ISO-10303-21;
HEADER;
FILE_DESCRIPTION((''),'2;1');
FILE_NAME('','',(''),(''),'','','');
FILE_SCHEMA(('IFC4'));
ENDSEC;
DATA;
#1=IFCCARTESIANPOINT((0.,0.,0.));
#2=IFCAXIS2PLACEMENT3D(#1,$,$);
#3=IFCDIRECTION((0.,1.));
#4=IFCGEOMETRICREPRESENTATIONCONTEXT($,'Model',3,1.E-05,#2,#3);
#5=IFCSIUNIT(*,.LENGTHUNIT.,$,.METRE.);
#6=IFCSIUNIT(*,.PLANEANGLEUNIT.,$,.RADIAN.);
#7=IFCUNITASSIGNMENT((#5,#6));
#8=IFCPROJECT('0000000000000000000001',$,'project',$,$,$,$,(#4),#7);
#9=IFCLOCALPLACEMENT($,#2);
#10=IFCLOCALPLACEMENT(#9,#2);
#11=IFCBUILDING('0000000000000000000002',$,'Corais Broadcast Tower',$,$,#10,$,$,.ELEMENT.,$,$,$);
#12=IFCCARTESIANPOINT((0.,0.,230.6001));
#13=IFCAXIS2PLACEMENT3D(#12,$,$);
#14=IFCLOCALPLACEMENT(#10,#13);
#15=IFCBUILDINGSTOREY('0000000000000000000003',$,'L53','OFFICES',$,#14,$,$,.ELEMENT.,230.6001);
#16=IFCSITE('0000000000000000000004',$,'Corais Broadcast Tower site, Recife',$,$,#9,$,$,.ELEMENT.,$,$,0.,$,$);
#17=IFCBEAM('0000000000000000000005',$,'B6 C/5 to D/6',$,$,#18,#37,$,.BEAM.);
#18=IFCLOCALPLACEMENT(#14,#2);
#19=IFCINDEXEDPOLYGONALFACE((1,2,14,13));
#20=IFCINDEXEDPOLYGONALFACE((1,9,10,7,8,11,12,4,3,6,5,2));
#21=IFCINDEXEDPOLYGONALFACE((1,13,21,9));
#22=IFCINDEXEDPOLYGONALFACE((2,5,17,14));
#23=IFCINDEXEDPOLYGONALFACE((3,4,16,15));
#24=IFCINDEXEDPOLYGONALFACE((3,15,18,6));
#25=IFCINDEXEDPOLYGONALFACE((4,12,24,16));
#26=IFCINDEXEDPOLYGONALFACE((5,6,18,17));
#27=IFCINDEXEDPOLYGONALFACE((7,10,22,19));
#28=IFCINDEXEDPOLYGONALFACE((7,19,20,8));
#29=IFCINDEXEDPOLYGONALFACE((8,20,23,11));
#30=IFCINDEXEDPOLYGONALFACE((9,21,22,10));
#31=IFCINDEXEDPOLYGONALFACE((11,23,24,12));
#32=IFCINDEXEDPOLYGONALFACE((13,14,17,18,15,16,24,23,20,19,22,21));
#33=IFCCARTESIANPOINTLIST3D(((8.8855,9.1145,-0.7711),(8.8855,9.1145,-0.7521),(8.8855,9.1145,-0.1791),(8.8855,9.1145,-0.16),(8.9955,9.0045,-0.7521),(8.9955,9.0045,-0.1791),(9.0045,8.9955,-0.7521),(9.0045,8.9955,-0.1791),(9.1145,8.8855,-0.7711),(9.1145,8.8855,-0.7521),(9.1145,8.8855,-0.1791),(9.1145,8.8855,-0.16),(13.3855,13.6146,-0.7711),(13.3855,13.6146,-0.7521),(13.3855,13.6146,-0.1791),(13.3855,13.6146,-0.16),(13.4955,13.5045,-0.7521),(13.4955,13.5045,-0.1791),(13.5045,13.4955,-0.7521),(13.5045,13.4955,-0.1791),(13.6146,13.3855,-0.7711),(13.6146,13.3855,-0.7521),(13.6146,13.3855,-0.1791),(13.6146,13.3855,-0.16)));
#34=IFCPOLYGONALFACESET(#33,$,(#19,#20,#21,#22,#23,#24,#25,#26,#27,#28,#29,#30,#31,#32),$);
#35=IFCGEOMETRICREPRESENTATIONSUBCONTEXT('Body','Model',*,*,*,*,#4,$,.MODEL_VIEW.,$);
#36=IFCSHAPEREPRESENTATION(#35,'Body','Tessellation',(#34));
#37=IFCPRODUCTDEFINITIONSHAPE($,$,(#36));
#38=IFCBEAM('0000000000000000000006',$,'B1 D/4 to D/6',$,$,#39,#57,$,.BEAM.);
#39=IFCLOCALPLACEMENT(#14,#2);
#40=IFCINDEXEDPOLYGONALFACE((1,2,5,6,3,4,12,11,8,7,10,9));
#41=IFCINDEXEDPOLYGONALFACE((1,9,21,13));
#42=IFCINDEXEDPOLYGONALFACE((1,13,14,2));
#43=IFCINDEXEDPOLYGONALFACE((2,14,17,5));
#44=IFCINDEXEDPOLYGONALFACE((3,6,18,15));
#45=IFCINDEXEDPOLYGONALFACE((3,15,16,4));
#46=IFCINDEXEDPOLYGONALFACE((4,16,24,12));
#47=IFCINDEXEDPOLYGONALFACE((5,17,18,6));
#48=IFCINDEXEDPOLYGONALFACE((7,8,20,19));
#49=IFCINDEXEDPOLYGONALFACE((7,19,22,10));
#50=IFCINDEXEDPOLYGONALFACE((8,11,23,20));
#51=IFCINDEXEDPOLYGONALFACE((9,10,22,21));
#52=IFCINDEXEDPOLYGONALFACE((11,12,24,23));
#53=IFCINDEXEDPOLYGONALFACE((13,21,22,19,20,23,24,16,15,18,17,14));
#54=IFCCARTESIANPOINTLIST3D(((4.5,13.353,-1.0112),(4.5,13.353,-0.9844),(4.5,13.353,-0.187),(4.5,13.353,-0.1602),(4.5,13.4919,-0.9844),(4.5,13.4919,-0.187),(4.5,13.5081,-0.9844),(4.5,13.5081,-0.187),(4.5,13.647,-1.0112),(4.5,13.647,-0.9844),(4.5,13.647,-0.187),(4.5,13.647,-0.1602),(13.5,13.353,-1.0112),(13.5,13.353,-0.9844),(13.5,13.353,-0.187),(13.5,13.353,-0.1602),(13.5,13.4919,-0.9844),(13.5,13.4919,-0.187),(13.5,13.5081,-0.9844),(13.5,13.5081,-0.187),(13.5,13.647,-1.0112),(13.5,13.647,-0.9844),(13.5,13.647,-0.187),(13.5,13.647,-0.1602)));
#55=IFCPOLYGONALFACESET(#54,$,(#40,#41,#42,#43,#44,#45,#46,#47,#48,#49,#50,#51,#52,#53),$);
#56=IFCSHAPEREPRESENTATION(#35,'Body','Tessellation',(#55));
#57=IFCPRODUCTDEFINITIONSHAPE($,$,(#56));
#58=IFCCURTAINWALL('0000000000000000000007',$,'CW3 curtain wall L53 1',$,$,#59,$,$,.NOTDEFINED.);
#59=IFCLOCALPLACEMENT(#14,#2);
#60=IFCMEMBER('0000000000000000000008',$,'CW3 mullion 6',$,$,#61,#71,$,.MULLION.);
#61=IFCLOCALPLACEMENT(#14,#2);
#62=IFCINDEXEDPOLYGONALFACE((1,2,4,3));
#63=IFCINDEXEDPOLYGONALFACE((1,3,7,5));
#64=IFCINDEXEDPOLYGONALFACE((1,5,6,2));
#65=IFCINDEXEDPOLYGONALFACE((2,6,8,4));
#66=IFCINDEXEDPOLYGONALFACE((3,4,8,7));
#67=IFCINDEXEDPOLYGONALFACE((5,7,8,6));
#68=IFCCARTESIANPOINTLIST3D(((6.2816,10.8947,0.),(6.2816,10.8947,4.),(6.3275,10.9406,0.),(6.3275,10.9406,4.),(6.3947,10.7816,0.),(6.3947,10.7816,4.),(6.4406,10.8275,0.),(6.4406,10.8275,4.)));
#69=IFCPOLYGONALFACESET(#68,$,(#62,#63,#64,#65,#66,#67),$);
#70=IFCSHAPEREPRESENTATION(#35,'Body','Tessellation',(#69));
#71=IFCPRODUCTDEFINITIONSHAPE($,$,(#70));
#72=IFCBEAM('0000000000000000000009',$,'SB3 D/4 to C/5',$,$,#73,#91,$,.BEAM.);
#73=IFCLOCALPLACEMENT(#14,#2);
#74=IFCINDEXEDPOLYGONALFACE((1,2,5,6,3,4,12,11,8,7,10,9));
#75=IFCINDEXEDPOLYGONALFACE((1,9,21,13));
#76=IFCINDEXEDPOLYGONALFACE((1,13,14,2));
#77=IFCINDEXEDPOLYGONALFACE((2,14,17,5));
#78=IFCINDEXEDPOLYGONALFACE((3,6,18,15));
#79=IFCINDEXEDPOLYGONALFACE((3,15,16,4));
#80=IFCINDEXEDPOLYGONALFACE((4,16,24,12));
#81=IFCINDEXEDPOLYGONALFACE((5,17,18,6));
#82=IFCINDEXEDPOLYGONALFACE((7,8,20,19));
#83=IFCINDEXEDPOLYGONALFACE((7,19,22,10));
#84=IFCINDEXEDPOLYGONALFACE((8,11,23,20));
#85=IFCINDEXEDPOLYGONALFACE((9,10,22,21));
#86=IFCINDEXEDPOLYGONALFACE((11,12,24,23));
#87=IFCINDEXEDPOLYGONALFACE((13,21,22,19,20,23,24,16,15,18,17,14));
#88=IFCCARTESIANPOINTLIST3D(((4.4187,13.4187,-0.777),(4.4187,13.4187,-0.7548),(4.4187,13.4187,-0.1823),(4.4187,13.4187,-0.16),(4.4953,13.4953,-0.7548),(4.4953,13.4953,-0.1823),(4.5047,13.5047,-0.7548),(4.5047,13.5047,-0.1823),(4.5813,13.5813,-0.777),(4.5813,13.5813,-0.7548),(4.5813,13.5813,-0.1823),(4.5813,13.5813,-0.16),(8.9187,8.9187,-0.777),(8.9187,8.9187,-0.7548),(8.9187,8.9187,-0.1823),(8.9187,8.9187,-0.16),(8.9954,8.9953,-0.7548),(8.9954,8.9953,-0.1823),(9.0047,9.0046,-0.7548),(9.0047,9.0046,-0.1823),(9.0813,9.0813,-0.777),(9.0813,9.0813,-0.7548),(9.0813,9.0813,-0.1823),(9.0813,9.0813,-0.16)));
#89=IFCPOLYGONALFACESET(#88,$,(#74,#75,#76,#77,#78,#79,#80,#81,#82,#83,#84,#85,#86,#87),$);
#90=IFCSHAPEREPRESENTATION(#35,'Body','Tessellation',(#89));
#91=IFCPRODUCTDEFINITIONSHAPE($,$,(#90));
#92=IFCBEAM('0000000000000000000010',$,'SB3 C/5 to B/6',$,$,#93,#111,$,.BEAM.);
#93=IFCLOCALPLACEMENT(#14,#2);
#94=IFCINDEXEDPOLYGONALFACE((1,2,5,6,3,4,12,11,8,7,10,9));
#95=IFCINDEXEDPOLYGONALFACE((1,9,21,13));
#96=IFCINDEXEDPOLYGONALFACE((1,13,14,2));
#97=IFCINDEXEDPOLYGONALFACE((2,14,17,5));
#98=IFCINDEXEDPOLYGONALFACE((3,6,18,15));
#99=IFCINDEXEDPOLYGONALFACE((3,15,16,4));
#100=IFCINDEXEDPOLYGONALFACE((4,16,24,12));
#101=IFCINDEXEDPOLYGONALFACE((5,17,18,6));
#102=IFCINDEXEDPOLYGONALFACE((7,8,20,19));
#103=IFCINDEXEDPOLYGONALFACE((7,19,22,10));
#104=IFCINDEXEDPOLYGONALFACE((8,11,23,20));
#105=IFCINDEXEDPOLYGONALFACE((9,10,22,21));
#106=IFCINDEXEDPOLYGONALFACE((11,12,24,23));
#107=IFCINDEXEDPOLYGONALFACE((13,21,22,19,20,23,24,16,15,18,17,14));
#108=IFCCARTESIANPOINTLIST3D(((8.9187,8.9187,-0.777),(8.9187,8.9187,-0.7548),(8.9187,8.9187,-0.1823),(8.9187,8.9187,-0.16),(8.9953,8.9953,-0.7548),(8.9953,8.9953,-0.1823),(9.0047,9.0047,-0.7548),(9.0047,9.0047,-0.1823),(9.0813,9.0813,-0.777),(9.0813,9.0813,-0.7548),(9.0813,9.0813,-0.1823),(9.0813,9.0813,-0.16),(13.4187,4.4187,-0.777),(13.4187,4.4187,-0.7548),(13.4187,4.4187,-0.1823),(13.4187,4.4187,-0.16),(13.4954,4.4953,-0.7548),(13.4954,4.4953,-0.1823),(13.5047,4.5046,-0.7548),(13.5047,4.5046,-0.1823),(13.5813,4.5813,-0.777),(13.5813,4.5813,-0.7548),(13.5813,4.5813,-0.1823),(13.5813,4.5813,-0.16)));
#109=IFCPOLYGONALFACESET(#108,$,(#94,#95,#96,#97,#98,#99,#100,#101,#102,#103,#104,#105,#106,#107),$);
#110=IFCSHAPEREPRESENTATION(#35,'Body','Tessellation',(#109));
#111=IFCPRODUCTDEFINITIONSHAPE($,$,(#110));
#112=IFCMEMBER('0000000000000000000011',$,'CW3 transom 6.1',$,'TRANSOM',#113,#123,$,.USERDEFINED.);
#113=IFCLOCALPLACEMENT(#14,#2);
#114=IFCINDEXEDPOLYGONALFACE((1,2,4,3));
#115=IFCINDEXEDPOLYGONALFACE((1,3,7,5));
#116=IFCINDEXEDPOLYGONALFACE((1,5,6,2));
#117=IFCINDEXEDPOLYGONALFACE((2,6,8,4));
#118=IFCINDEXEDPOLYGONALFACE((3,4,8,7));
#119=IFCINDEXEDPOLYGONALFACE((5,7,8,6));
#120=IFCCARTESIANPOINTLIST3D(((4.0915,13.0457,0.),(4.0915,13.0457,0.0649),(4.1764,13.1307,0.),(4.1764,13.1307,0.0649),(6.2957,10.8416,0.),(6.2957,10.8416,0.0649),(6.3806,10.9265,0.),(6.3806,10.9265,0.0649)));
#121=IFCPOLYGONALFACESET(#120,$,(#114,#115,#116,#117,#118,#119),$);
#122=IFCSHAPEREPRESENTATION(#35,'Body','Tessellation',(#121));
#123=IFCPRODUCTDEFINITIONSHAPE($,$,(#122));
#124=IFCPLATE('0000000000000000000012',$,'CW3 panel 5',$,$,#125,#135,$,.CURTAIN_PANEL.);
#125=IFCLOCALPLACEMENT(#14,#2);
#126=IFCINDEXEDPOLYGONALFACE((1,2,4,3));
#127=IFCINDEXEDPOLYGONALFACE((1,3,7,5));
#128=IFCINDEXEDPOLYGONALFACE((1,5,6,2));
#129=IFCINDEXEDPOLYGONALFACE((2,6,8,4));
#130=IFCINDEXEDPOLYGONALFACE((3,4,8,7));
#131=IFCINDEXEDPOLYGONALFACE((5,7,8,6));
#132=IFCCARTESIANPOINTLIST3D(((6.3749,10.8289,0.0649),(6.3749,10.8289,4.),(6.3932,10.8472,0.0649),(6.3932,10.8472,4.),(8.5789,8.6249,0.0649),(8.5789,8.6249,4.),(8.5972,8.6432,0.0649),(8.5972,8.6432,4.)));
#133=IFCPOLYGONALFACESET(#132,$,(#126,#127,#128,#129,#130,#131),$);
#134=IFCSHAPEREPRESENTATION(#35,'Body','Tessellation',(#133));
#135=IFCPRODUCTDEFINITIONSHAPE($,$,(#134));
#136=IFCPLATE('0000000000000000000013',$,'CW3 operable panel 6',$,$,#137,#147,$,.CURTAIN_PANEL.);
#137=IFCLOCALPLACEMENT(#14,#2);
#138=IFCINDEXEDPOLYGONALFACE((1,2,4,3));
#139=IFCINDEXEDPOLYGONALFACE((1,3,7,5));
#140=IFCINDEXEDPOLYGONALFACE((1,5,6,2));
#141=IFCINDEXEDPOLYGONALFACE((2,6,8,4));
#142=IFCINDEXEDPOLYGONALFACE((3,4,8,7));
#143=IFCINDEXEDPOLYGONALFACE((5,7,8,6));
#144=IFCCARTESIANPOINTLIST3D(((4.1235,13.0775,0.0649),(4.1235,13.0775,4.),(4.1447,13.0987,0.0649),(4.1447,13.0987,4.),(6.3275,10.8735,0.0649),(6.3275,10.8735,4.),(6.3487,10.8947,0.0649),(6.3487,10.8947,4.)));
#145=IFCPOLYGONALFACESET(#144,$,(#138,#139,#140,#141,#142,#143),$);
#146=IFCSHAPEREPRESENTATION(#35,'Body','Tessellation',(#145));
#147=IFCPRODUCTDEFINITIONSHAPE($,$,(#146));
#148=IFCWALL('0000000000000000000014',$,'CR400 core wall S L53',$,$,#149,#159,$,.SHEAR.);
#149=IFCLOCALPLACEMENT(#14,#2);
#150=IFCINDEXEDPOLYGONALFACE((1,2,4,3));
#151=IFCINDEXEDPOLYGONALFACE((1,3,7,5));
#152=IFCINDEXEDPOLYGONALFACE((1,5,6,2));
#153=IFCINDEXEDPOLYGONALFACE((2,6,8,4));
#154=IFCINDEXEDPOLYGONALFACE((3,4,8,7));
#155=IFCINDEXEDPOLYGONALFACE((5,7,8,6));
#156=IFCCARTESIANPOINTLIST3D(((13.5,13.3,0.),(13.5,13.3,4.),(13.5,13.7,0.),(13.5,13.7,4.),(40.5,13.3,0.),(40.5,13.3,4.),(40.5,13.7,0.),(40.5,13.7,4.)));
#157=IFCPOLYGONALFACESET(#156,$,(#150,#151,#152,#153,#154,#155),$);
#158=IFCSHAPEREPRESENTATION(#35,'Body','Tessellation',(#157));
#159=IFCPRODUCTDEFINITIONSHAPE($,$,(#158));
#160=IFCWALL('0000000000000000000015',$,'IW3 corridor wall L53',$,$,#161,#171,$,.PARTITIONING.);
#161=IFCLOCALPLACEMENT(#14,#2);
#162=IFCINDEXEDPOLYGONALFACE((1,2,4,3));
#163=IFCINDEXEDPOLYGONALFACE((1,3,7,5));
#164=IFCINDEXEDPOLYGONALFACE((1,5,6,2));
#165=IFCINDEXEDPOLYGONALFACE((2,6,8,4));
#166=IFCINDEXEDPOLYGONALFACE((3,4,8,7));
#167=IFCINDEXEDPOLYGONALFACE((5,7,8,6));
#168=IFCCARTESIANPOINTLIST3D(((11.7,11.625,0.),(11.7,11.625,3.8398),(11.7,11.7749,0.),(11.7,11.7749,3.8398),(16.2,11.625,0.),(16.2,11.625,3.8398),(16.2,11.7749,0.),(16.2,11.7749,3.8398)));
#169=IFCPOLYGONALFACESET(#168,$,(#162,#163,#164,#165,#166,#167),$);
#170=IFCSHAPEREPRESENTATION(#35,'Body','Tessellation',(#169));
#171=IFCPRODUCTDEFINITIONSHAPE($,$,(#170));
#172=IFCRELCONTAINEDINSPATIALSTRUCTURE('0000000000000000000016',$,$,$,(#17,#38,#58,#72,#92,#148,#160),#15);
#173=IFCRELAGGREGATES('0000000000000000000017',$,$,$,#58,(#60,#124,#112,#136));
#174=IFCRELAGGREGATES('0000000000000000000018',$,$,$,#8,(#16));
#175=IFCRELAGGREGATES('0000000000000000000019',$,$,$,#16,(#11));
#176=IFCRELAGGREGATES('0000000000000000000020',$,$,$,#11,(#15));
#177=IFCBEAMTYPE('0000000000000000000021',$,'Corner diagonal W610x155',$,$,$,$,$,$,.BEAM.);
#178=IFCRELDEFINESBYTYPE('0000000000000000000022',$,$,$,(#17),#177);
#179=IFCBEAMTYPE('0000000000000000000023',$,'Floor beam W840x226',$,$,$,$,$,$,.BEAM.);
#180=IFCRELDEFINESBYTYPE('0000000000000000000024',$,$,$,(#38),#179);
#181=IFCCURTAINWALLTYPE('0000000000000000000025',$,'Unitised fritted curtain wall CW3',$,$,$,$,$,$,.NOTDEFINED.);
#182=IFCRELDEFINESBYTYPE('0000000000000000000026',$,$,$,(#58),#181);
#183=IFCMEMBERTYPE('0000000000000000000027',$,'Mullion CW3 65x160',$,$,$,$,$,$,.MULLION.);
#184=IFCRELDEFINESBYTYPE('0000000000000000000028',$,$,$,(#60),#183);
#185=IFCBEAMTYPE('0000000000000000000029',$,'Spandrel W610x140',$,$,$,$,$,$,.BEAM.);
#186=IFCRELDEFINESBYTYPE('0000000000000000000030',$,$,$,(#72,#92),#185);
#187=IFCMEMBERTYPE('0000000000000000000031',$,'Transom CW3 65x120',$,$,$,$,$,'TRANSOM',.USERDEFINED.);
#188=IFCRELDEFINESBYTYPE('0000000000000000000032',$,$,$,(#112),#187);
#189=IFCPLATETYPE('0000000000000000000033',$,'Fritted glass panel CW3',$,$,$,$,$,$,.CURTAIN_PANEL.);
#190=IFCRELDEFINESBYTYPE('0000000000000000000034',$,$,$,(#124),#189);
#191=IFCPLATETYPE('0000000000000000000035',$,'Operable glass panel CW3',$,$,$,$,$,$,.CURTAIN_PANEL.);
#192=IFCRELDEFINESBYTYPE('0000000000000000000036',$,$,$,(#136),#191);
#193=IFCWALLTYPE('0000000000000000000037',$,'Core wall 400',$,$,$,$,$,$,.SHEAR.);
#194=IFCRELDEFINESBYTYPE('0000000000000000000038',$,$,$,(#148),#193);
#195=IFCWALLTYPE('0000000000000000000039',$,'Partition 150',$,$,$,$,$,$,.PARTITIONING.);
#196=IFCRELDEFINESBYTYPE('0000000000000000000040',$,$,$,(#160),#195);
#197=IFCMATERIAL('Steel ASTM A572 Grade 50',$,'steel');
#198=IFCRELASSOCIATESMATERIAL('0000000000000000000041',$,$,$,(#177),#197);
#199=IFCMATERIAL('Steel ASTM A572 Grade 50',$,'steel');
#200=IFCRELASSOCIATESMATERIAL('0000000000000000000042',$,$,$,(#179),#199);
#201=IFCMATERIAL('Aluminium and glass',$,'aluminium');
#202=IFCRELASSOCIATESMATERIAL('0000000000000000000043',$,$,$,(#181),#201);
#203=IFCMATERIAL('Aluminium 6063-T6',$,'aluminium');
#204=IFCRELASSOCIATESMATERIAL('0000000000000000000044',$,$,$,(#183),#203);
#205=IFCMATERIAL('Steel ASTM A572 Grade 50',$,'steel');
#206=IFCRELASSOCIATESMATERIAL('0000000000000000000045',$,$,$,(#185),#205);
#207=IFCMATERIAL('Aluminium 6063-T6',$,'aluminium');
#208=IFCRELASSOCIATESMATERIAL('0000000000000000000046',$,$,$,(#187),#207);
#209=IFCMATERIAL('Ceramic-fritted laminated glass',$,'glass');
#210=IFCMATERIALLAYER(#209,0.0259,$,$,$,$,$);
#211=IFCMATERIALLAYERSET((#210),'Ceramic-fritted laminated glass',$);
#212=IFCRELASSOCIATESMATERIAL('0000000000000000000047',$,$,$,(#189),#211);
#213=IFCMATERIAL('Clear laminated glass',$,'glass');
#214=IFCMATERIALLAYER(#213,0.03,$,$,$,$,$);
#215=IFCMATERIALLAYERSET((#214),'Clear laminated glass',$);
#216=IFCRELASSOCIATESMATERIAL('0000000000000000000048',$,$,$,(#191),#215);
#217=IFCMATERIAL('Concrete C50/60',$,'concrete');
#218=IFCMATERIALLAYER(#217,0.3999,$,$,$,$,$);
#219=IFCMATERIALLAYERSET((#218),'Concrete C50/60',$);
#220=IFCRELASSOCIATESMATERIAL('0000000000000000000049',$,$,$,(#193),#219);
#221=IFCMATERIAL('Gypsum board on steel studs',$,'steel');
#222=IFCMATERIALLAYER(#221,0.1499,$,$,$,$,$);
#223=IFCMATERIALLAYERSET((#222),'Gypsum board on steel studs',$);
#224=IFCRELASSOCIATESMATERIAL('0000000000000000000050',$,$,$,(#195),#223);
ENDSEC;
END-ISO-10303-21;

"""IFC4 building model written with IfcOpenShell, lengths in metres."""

from ifc_helpers import new_model, si_unit, direction, frame, frame_2d, origin, origin_2d, place, context, subcontext, project, spatial, rectangle, i_section, extrude, material, layer, layer_set, material_profile, profile_set, type_object, element, aggregate, save


model = new_model("IFC4")

# Units and contexts
model_context = context("Model", 3, precision=1e-05, world=origin(), true_north=direction((0.0, 1.0)))
body_context = subcontext(model_context, "Body", "Model", "MODEL_VIEW")
ifc_project = project(units=[si_unit("LENGTHUNIT", "METRE"), si_unit("PLANEANGLEUNIT", "RADIAN")], contexts=[model_context])

# Site, building, storey
site_placement = place(None, origin())
site = spatial("IfcSite", under=ifc_project, at=site_placement, Name="Corais Broadcast Tower site, Recife", CompositionType="ELEMENT", RefElevation=0.0)
building_placement = place(site_placement, origin())
building = spatial("IfcBuilding", under=site, at=building_placement, Name="Corais Broadcast Tower", CompositionType="ELEMENT")
storey_placement = place(building_placement, frame((0.0, 0.0, 230.6001)))
storey = spatial("IfcBuildingStorey", under=building, at=storey_placement, Name="L53", Description="OFFICES", CompositionType="ELEMENT", Elevation=230.6001)

# Beams
ifc_material_1 = material(Name="Steel ASTM A572 Grade 50", Category="steel")
ifc_material_profile_1 = material_profile(ifc_material_1, i_section(OverallWidth=0.324, OverallDepth=0.6111, WebThickness=0.0127, FlangeThickness=0.019, at=origin_2d()), Name="W610x155")
ifc_profile_set_1 = profile_set([ifc_material_profile_1], Name="Steel ASTM A572 Grade 50")
beam_type_1 = type_object("IfcBeamType", Name="Corner diagonal W610x155", PredefinedType="BEAM", material=ifc_profile_set_1)
beam_1_placement = place(storey_placement, frame((9.0, 9.0, -0.4656), z_axis=(0.707107, 0.707107, 0.0), x_axis=(-0.707107, 0.707107, 0.0)))
element("IfcBeam", 1, at=beam_1_placement, inside=storey, type_object=beam_type_1, Name="B6 C/5 to D/6", PredefinedType="BEAM", context=body_context, shape_type="SweptSolid", body=[
    extrude(i_section(OverallWidth=0.324, OverallDepth=0.6111, WebThickness=0.0127, FlangeThickness=0.019, at=origin_2d()), origin(), (0.0, 0.0, 1.0), 6.364),
])
ifc_material_2 = material(Name="Steel ASTM A572 Grade 50", Category="steel")
ifc_material_profile_2 = material_profile(ifc_material_2, i_section(OverallWidth=0.2939, OverallDepth=0.8511, WebThickness=0.0161, FlangeThickness=0.0269, at=origin_2d()), Name="W840x226")
ifc_profile_set_2 = profile_set([ifc_material_profile_2], Name="Steel ASTM A572 Grade 50")
beam_type_2 = type_object("IfcBeamType", Name="Floor beam W840x226", PredefinedType="BEAM", material=ifc_profile_set_2)
beam_2_placement = place(storey_placement, frame((4.5, 13.5, -0.5857), z_axis=(1.0, 0.0, 0.0), x_axis=(0.0, 1.0, 0.0)))
element("IfcBeam", 2, at=beam_2_placement, inside=storey, type_object=beam_type_2, Name="B1 D/4 to D/6", PredefinedType="BEAM", context=body_context, shape_type="SweptSolid", body=[
    extrude(i_section(OverallWidth=0.2939, OverallDepth=0.8511, WebThickness=0.0161, FlangeThickness=0.0269, at=origin_2d()), origin(), (0.0, 0.0, 1.0), 9.0),
])

# Curtain wall, member
ifc_material_3 = material(Name="Aluminium and glass", Category="aluminium")
curtain_wall_type = type_object("IfcCurtainWallType", Name="Unitised fritted curtain wall CW3", PredefinedType="NOTDEFINED", material=ifc_material_3)
curtain_wall_placement = place(storey_placement, origin())
curtain_wall = element("IfcCurtainWall", 3, at=curtain_wall_placement, inside=storey, type_object=curtain_wall_type, Name="CW3 curtain wall L53 1", PredefinedType="NOTDEFINED")
ifc_material_4 = material(Name="Aluminium 6063-T6", Category="aluminium")
ifc_material_profile_3 = material_profile(ifc_material_4, rectangle(XDim=0.0649, YDim=0.1599, at=origin_2d()), Name="Mullion CW3 65x160")
ifc_profile_set_3 = profile_set([ifc_material_profile_3], Name="Aluminium 6063-T6")
member_type_1 = type_object("IfcMemberType", Name="Mullion CW3 65x160", PredefinedType="MULLION", material=ifc_profile_set_3)
member_1_placement = place(storey_placement, frame((6.3611, 10.8611, 0.0), z_axis=(0.0, 0.0, 1.0), x_axis=(-0.707107, -0.707107, 0.0)))
member_1 = element("IfcMember", 4, at=member_1_placement, type_object=member_type_1, Name="CW3 mullion 6", PredefinedType="MULLION", context=body_context, shape_type="SweptSolid", body=[
    extrude(rectangle(XDim=0.0649, YDim=0.1599, at=origin_2d()), origin(), (0.0, 0.0, 1.0), 4.0),
])

# Beams
ifc_material_5 = material(Name="Steel ASTM A572 Grade 50", Category="steel")
ifc_material_profile_4 = material_profile(ifc_material_5, i_section(OverallWidth=0.23, OverallDepth=0.6169, WebThickness=0.0132, FlangeThickness=0.0222, at=origin_2d()), Name="W610x140")
ifc_profile_set_4 = profile_set([ifc_material_profile_4], Name="Steel ASTM A572 Grade 50")
beam_type_3 = type_object("IfcBeamType", Name="Spandrel W610x140", PredefinedType="BEAM", material=ifc_profile_set_4)
for number, where, z_axis, x_axis, name in (
    (5, (4.5, 13.5, -0.4685), (0.707107, -0.707107, 0.0), (0.707107, 0.707107, 0.0), "SB3 D/4 to C/5"),
    (6, (9.0, 9.0, -0.4685), (0.707107, -0.707107, 0.0), (0.707107, 0.707107, 0.0), "SB3 C/5 to B/6"),
):
    element("IfcBeam", number, at=place(storey_placement, frame(where, z_axis=z_axis, x_axis=x_axis)), inside=storey, type_object=beam_type_3, Name=name, PredefinedType="BEAM", context=body_context, shape_type="SweptSolid", body=[
        extrude(i_section(OverallWidth=0.23, OverallDepth=0.6169, WebThickness=0.0132, FlangeThickness=0.0222, at=origin_2d()), origin(), (0.0, 0.0, 1.0), 6.364),
    ])

# Member
ifc_material_6 = material(Name="Aluminium 6063-T6", Category="aluminium")
ifc_material_profile_5 = material_profile(ifc_material_6, rectangle(XDim=0.1201, YDim=0.0649, at=origin_2d()), Name="Transom CW3 65x120")
ifc_profile_set_5 = profile_set([ifc_material_profile_5], Name="Aluminium 6063-T6")
member_type_2 = type_object("IfcMemberType", Name="Transom CW3 65x120", ElementType="TRANSOM", PredefinedType="USERDEFINED", material=ifc_profile_set_5)
member_2_placement = place(storey_placement, frame((6.3381, 10.884, 0.0325), z_axis=(-0.707107, 0.707107, 0.0), x_axis=(-0.707107, -0.707107, 0.0)))
member_2 = element("IfcMember", 7, at=member_2_placement, type_object=member_type_2, Name="CW3 transom 6.1", ObjectType="TRANSOM", PredefinedType="USERDEFINED", context=body_context, shape_type="SweptSolid", body=[
    extrude(rectangle(XDim=0.1201, YDim=0.0649, at=origin_2d()), origin(), (0.0, 0.0, 1.0), 3.1172),
])

# Plates
ifc_material_7 = material(Name="Ceramic-fritted laminated glass", Category="glass")
ifc_layer_1 = layer(ifc_material_7, 0.0259)
ifc_layer_set_1 = layer_set([ifc_layer_1], Name="Ceramic-fritted laminated glass")
plate_type_1 = type_object("IfcPlateType", Name="Fritted glass panel CW3", PredefinedType="CURTAIN_PANEL", material=ifc_layer_set_1)
plate_1_placement = place(storey_placement, frame((7.4861, 9.7361, 0.0649), z_axis=(0.0, 0.0, 1.0), x_axis=(-0.707107, 0.707107, 0.0)))
plate_1 = element("IfcPlate", 8, at=plate_1_placement, type_object=plate_type_1, Name="CW3 panel 5", PredefinedType="CURTAIN_PANEL", context=body_context, shape_type="SweptSolid", body=[
    extrude(rectangle(XDim=3.1169, YDim=0.0259, at=origin_2d()), origin(), (0.0, 0.0, 1.0), 3.9351),
])
ifc_material_8 = material(Name="Clear laminated glass", Category="glass")
ifc_layer_2 = layer(ifc_material_8, 0.03)
ifc_layer_set_2 = layer_set([ifc_layer_2], Name="Clear laminated glass")
plate_type_2 = type_object("IfcPlateType", Name="Operable glass panel CW3", PredefinedType="CURTAIN_PANEL", material=ifc_layer_set_2)
plate_2_placement = place(storey_placement, frame((5.2361, 11.9861, 0.0649), z_axis=(0.0, 0.0, 1.0), x_axis=(-0.707107, 0.707107, 0.0)))
plate_2 = element("IfcPlate", 9, at=plate_2_placement, type_object=plate_type_2, Name="CW3 operable panel 6", PredefinedType="CURTAIN_PANEL", context=body_context, shape_type="SweptSolid", body=[
    extrude(rectangle(XDim=3.1169, YDim=0.03, at=origin_2d()), origin(), (0.0, 0.0, 1.0), 3.9351),
])
aggregate(curtain_wall, [member_1, plate_1, member_2, plate_2])

# Walls
ifc_material_9 = material(Name="Concrete C50/60", Category="concrete")
ifc_layer_3 = layer(ifc_material_9, 0.3999)
ifc_layer_set_3 = layer_set([ifc_layer_3], Name="Concrete C50/60")
wall_type_1 = type_object("IfcWallType", Name="Core wall 400", PredefinedType="SHEAR", material=ifc_layer_set_3)
wall_1_placement = place(storey_placement, frame((13.5, 13.5, 0.0), z_axis=(0.0, 0.0, 1.0), x_axis=(1.0, 0.0, 0.0)))
element("IfcWall", 10, at=wall_1_placement, inside=storey, type_object=wall_type_1, Name="CR400 core wall S L53", PredefinedType="SHEAR", context=body_context, shape_type="SweptSolid", body=[
    extrude(rectangle(XDim=27.0, YDim=0.3999, at=frame_2d((13.5, 0.0))), origin(), (0.0, 0.0, 1.0), 4.0),
])
ifc_material_10 = material(Name="Gypsum board on steel studs", Category="steel")
ifc_layer_4 = layer(ifc_material_10, 0.1499)
ifc_layer_set_4 = layer_set([ifc_layer_4], Name="Gypsum board on steel studs")
wall_type_2 = type_object("IfcWallType", Name="Partition 150", PredefinedType="PARTITIONING", material=ifc_layer_set_4)
wall_2_placement = place(storey_placement, frame((11.7, 11.7, 0.0), z_axis=(0.0, 0.0, 1.0), x_axis=(1.0, 0.0, 0.0)))
element("IfcWall", 11, at=wall_2_placement, inside=storey, type_object=wall_type_2, Name="IW3 corridor wall L53", PredefinedType="PARTITIONING", context=body_context, shape_type="SweptSolid", body=[
    extrude(rectangle(XDim=4.5, YDim=0.1499, at=frame_2d((2.25, 0.0))), origin(), (0.0, 0.0, 1.0), 3.8398),
])

save(model, "model.ifc")
